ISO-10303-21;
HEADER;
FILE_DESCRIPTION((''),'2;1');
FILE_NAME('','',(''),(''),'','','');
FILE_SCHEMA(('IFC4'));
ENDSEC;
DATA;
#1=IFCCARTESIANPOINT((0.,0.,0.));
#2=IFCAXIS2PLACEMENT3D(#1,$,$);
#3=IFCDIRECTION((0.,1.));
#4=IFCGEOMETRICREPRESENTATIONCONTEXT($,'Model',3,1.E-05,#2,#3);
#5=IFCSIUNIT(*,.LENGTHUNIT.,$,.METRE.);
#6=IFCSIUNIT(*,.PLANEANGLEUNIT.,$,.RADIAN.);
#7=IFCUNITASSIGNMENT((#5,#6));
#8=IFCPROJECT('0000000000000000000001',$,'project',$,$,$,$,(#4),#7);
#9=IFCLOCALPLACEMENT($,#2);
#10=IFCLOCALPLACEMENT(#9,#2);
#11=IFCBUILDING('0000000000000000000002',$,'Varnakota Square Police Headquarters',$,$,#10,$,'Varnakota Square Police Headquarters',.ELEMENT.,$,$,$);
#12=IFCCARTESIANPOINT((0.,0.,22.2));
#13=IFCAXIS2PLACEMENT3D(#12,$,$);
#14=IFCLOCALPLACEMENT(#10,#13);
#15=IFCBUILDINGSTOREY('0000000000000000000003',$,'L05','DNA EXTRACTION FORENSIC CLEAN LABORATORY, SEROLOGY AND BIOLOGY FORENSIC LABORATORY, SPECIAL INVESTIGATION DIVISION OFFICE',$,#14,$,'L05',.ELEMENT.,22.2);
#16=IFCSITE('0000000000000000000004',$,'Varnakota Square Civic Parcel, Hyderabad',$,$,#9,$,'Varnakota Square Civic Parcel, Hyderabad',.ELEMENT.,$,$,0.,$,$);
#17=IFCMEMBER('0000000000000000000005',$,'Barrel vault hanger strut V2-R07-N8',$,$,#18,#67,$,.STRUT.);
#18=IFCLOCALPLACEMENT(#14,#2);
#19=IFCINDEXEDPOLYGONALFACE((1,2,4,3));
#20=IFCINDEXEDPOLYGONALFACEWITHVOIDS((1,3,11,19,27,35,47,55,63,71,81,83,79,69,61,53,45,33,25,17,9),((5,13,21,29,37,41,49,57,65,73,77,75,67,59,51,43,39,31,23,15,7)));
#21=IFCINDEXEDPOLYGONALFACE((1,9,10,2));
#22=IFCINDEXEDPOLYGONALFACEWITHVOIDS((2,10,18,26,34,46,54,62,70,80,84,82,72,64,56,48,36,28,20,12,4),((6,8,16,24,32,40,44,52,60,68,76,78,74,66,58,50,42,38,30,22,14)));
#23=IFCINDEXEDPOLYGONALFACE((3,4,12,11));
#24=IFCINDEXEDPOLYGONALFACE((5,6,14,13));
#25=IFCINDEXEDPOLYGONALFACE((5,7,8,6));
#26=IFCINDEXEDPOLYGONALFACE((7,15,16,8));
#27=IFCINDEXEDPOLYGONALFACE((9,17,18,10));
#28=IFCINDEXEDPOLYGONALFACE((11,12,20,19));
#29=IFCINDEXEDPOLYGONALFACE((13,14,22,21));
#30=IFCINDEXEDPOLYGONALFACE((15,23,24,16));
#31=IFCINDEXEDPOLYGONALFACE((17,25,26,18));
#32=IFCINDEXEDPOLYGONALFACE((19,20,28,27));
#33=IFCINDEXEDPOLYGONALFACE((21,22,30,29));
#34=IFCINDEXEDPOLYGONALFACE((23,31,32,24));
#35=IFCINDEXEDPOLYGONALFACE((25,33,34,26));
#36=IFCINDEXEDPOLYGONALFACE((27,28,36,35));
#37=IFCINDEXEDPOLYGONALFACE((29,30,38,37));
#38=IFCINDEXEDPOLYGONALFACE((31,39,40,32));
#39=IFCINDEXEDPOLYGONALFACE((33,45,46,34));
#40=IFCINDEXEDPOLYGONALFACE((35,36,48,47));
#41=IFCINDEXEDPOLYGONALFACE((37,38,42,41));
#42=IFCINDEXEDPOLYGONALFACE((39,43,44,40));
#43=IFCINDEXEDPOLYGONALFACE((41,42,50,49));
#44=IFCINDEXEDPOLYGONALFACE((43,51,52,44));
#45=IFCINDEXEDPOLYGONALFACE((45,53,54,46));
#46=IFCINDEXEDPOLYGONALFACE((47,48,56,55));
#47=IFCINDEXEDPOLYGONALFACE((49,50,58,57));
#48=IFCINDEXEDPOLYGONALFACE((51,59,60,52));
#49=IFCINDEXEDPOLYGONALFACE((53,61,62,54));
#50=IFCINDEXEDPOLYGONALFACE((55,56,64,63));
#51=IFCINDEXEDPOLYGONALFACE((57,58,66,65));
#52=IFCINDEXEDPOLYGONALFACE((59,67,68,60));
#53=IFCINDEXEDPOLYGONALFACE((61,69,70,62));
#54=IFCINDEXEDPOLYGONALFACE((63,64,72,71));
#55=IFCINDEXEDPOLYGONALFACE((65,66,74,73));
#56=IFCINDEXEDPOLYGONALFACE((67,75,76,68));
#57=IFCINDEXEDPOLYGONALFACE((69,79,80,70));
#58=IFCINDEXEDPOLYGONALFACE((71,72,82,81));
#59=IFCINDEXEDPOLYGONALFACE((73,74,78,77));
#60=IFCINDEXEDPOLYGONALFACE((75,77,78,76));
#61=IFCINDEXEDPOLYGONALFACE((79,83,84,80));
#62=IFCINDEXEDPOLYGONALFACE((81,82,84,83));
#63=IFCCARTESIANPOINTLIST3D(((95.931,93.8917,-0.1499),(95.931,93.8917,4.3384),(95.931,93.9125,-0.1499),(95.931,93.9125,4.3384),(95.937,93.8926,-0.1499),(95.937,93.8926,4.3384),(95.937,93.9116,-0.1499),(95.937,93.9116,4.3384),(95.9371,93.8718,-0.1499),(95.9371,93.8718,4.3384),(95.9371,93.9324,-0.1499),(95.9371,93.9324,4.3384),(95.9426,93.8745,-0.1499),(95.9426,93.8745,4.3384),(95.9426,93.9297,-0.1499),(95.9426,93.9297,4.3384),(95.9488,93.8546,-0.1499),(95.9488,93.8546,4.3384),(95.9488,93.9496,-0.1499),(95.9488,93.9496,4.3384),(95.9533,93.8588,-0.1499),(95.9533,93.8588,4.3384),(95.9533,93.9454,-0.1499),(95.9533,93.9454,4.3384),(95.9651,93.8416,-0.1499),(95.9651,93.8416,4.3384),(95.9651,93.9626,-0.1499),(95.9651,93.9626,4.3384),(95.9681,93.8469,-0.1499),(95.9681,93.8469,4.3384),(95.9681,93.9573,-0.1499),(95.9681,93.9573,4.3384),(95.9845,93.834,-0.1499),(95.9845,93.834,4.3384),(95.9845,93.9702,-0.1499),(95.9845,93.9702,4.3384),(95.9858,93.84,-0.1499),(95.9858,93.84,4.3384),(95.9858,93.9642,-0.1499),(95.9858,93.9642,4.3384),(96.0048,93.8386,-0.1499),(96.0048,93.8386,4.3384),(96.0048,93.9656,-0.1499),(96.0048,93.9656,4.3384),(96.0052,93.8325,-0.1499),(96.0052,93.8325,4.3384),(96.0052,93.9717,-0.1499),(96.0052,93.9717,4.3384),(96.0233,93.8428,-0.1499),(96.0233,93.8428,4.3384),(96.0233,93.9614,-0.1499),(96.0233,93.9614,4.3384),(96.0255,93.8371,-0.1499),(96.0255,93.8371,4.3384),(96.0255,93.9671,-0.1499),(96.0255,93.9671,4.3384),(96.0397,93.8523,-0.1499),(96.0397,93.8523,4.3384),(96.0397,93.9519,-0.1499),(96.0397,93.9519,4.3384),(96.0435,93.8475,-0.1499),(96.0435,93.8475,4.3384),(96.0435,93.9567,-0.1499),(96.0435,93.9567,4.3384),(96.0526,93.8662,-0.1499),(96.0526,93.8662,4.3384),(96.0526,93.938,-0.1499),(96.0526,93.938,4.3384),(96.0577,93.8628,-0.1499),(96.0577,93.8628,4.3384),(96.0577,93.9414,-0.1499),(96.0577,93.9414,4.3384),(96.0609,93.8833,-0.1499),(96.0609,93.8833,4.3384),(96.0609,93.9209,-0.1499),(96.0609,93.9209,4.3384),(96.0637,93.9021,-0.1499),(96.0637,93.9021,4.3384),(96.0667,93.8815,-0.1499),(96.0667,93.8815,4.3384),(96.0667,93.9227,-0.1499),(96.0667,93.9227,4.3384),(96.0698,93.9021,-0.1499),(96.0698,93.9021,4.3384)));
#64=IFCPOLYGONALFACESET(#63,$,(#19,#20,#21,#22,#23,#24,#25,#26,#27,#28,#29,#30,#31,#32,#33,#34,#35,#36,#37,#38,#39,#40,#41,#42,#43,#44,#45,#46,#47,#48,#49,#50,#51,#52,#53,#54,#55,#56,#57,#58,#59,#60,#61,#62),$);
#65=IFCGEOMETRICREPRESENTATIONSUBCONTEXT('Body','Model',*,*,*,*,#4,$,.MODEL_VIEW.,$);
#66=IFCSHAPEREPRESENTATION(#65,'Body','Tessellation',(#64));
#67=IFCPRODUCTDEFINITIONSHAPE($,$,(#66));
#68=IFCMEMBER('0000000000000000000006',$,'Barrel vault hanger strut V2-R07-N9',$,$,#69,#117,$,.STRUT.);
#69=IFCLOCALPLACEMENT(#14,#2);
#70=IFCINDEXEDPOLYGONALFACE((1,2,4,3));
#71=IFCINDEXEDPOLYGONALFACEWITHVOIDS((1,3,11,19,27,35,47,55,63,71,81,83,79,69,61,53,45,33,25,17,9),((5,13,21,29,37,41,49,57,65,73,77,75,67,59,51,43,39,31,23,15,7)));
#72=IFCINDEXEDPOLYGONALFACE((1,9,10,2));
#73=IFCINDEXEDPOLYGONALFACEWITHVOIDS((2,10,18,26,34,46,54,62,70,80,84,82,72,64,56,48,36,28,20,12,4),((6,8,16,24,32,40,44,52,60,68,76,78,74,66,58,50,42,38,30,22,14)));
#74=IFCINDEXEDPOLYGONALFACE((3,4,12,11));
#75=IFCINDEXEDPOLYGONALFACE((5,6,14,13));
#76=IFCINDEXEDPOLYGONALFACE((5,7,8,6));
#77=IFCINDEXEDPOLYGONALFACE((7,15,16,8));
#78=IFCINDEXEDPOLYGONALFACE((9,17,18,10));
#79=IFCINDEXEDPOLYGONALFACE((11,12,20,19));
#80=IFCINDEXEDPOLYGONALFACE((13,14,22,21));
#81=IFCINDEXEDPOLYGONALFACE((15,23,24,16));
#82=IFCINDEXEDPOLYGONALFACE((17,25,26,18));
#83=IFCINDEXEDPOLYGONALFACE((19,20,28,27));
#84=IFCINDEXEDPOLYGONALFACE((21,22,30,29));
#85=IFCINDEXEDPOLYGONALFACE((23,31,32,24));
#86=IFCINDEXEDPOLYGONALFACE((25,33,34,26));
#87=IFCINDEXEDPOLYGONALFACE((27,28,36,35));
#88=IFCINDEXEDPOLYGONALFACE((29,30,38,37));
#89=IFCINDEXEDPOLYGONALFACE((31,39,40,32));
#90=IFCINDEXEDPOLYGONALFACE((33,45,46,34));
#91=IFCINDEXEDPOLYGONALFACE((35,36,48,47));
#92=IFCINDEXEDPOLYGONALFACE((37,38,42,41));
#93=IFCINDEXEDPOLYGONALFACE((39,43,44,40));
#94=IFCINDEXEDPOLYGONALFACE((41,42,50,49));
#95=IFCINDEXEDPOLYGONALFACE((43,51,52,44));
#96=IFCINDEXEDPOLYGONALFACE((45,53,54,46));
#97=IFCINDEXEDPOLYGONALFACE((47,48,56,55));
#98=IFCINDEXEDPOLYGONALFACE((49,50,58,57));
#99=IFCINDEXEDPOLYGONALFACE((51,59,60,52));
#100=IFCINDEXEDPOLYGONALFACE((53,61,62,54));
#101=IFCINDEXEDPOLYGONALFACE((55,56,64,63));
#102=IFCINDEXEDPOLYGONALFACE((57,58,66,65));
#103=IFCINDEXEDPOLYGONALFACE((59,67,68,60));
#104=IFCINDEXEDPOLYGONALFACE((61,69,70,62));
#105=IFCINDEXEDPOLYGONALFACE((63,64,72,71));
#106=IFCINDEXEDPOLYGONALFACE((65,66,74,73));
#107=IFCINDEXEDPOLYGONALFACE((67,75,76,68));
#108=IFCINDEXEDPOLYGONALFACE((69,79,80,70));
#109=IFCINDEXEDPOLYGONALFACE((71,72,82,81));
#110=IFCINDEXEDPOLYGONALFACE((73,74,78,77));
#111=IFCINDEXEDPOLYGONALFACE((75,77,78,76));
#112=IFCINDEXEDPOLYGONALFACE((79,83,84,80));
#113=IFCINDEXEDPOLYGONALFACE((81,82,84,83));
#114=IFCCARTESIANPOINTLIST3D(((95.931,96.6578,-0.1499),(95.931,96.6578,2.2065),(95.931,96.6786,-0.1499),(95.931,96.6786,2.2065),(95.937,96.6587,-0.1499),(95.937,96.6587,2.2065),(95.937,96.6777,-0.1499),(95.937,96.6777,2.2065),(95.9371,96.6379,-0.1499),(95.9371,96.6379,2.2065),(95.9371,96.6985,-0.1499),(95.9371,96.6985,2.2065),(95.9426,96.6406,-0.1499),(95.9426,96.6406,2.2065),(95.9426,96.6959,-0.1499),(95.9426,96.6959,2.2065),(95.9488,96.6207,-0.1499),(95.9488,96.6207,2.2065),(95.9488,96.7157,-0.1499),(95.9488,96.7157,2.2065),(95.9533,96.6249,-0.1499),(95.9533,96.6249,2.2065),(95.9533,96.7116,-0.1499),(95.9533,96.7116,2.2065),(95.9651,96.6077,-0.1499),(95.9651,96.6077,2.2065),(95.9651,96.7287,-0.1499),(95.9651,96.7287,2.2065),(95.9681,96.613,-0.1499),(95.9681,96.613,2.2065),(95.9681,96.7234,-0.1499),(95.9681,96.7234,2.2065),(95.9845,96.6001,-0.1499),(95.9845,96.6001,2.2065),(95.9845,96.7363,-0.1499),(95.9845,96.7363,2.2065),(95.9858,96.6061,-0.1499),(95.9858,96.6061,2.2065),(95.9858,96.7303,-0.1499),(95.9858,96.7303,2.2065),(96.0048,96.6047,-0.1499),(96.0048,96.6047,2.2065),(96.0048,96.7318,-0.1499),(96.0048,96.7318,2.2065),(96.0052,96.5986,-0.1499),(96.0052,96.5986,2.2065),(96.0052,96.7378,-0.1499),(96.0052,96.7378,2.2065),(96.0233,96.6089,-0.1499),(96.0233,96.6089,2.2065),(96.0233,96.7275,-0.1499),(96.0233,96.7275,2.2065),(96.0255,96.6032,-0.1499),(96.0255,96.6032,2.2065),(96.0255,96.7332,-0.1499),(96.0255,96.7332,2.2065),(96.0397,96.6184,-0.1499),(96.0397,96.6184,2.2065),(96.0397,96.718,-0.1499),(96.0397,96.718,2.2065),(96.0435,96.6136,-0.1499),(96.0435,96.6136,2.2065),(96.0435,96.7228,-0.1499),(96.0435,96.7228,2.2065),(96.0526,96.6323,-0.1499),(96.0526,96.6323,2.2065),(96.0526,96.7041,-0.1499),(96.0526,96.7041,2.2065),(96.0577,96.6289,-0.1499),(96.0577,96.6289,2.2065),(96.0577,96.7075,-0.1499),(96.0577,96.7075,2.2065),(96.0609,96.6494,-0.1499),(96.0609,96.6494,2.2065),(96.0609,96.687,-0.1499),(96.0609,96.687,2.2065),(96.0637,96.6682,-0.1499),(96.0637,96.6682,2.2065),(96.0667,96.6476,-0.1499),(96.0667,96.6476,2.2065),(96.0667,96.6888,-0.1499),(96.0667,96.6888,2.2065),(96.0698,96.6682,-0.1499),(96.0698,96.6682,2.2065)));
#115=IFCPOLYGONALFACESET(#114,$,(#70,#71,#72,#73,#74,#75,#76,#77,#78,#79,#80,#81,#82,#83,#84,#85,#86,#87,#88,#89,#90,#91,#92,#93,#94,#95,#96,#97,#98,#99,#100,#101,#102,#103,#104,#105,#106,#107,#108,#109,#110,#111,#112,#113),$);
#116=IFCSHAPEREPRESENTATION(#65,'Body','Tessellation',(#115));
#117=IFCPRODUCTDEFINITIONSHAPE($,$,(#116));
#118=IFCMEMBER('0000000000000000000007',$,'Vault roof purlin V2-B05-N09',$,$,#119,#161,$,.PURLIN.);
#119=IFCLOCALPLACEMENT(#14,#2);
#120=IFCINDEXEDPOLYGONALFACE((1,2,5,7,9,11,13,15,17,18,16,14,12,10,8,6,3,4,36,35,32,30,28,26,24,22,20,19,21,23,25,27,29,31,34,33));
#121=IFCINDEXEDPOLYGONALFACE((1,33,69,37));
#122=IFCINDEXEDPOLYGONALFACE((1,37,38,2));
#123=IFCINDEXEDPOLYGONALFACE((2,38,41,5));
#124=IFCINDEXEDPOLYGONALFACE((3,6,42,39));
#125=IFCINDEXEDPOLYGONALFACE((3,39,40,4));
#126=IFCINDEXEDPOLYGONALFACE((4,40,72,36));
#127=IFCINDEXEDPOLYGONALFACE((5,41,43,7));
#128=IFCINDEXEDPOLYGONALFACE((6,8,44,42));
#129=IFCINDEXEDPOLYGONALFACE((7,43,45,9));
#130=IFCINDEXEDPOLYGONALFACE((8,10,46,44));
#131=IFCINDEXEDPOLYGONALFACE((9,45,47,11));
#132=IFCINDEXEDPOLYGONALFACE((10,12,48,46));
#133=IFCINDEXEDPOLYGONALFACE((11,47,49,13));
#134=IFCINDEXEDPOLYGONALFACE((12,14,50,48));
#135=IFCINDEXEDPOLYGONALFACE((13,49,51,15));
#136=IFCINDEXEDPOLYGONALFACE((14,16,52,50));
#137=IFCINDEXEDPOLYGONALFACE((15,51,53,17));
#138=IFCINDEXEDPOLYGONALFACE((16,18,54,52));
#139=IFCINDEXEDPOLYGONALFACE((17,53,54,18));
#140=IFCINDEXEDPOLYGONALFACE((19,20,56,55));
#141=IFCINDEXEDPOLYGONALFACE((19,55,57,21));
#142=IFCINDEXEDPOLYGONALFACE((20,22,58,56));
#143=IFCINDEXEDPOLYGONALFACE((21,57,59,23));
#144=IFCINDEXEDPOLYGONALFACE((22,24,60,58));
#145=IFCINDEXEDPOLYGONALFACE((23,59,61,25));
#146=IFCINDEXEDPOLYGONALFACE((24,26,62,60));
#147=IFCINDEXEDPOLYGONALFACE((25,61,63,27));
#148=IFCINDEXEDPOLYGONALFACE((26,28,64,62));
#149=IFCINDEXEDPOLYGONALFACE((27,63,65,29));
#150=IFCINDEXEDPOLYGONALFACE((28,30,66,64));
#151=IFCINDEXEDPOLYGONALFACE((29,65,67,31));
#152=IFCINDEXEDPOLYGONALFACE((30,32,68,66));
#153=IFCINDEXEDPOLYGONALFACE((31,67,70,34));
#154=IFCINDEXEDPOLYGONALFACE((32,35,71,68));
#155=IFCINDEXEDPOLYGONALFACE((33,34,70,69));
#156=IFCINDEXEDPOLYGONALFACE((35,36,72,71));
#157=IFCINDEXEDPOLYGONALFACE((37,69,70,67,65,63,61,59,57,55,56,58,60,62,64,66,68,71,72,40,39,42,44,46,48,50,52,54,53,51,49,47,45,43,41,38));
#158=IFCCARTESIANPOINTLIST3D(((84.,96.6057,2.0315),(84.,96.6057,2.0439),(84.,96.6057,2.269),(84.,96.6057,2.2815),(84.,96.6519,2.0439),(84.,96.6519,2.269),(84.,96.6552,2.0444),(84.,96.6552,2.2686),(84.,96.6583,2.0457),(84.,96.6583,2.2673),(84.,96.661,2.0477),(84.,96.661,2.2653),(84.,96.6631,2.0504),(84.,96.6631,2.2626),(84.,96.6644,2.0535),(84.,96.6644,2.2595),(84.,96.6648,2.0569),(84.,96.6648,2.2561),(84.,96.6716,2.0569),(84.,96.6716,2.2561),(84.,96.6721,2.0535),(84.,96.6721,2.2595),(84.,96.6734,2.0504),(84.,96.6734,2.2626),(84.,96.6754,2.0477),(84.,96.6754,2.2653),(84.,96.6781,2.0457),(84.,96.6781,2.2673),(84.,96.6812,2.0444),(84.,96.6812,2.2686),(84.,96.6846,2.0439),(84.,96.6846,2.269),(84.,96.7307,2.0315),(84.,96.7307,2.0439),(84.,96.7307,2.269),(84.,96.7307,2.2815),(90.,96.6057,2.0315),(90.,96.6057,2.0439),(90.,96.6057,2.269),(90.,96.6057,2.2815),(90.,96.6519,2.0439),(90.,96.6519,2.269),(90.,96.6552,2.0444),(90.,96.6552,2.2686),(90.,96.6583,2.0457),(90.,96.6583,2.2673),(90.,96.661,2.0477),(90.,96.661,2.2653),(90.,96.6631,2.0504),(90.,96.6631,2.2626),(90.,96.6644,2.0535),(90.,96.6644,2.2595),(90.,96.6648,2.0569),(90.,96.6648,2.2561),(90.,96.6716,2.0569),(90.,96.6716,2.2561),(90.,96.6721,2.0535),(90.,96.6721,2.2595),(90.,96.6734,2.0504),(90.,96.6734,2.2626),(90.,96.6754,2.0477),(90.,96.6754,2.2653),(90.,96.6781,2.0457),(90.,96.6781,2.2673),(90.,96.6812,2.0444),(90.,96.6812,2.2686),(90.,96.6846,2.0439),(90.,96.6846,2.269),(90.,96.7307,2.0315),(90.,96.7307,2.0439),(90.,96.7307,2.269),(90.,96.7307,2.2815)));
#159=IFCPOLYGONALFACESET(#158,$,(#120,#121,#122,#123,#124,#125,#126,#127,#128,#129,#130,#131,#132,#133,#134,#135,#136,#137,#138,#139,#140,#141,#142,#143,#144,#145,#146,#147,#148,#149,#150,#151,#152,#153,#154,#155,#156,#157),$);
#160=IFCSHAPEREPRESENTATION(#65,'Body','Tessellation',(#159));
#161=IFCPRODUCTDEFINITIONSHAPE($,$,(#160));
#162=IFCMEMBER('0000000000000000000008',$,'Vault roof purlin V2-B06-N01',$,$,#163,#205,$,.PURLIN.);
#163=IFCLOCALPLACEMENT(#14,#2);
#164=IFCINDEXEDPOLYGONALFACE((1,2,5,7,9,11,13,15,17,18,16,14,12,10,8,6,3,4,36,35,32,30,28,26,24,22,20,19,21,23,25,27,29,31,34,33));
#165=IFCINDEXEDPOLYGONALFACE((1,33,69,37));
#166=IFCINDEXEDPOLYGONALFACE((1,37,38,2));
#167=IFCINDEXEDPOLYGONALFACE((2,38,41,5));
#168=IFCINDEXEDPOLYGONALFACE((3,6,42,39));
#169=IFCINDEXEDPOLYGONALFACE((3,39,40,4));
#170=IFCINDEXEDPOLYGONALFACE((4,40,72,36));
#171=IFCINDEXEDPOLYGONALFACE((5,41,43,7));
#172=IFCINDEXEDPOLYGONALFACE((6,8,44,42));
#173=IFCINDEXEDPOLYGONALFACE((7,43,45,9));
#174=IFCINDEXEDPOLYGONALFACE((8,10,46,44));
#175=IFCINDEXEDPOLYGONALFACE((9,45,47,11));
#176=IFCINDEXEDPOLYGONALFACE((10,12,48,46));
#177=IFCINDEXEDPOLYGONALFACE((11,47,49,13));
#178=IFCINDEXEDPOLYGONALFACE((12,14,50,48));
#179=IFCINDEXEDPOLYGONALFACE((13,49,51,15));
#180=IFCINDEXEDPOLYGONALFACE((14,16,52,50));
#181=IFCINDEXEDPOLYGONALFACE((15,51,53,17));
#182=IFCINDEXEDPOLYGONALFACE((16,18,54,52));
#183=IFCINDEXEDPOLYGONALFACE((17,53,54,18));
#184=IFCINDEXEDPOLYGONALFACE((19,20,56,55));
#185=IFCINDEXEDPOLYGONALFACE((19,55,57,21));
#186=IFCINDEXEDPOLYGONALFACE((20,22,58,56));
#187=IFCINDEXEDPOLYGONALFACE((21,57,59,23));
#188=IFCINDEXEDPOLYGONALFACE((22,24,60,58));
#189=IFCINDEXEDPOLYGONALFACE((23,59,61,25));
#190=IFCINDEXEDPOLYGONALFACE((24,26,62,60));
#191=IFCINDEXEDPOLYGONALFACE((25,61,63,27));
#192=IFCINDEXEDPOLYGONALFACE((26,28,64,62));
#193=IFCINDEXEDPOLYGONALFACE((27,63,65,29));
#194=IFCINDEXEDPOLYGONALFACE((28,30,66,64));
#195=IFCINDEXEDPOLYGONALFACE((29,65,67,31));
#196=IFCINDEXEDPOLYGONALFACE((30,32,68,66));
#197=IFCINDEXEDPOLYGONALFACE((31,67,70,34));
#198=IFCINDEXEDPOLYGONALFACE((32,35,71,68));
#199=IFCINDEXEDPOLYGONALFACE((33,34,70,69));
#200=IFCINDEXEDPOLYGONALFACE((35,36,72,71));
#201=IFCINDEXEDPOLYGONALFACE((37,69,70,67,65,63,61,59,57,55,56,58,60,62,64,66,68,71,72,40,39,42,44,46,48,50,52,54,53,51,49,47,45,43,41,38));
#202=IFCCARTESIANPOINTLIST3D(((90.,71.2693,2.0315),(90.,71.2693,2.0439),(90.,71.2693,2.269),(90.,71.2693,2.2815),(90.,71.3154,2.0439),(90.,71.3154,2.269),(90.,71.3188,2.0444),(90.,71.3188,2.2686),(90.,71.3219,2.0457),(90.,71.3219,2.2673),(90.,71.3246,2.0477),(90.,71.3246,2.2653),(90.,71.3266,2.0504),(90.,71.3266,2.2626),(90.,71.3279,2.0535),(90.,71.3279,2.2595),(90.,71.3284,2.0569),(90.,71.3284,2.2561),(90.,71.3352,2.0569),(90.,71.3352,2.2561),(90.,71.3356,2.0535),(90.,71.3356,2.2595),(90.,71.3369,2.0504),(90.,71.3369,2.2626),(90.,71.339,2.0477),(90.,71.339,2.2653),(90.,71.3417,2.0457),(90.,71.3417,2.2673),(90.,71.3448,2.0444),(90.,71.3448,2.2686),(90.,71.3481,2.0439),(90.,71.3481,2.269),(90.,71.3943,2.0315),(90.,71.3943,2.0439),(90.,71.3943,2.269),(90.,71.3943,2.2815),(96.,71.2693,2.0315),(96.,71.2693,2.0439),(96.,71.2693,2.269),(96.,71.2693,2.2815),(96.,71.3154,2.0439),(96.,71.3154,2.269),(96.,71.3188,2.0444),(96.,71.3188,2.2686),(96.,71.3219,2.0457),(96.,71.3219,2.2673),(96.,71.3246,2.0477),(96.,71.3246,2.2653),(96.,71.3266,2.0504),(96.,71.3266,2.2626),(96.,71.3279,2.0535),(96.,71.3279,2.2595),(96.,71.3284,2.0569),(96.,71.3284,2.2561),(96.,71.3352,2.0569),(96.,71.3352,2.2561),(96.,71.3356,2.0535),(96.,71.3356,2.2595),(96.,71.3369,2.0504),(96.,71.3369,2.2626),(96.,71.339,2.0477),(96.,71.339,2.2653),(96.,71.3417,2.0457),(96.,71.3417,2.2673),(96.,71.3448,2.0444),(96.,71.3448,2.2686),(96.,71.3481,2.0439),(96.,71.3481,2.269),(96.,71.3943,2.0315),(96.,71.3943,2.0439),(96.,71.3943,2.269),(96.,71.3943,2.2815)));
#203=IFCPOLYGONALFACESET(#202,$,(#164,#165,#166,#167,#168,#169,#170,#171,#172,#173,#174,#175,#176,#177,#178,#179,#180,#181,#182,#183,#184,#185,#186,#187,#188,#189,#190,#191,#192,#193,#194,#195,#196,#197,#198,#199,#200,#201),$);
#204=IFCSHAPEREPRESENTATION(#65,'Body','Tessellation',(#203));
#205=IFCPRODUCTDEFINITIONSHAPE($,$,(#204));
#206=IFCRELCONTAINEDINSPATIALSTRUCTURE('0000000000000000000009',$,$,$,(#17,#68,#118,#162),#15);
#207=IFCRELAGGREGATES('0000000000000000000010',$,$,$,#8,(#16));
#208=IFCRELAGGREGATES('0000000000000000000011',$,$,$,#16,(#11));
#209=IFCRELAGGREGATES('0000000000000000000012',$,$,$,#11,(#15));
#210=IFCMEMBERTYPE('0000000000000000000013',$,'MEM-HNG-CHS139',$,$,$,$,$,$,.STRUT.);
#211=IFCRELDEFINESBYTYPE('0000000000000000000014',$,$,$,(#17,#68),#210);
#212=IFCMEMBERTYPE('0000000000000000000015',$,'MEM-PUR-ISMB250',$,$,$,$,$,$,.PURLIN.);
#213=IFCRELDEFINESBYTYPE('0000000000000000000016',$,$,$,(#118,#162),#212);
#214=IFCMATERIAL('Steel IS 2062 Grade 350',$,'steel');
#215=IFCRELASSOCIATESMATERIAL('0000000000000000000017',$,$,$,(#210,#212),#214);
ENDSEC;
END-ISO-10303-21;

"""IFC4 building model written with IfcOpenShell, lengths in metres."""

from ifc_helpers import new_model, si_unit, direction, frame, origin, origin_2d, place, context, subcontext, project, spatial, hollow_circle, i_section, extrude, material, material_profile, profile_set, type_object, element, save


model = new_model("IFC4")

# Units and contexts
model_context = context("Model", 3, precision=1e-05, world=origin(), true_north=direction((0.0, 1.0)))
body_context = subcontext(model_context, "Body", "Model", "MODEL_VIEW")
ifc_project = project(units=[si_unit("LENGTHUNIT", "METRE"), si_unit("PLANEANGLEUNIT", "RADIAN")], contexts=[model_context])

# Site, building, storey
site_placement = place(None, origin())
site = spatial("IfcSite", under=ifc_project, at=site_placement, Name="Varnakota Square Civic Parcel, Hyderabad", LongName="Varnakota Square Civic Parcel, Hyderabad", CompositionType="ELEMENT", RefElevation=0.0)
building_placement = place(site_placement, origin())
building = spatial("IfcBuilding", under=site, at=building_placement, Name="Varnakota Square Police Headquarters", LongName="Varnakota Square Police Headquarters", CompositionType="ELEMENT")
storey_placement = place(building_placement, frame((0.0, 0.0, 22.2)))
storey = spatial("IfcBuildingStorey", under=building, at=storey_placement, Name="L05", Description="DNA EXTRACTION FORENSIC CLEAN LABORATORY, SEROLOGY AND BIOLOGY FORENSIC LABORATORY, SPECIAL INVESTIGATION DIVISION OFFICE", LongName="L05", CompositionType="ELEMENT", Elevation=22.2)

# Shared definitions
ifc_material_1 = material(Name="Steel IS 2062 Grade 350", Category="steel")

# Members
ifc_material_profile_1 = material_profile(ifc_material_1, hollow_circle(Radius=0.0698, WallThickness=0.0061, at=origin_2d()), Name="CHS 139.7x6.0")
ifc_profile_set_1 = profile_set([ifc_material_profile_1], Name="Steel IS 2062 Grade 350")
member_type_1 = type_object("IfcMemberType", Name="MEM-HNG-CHS139", PredefinedType="STRUT", material=ifc_profile_set_1)
member_1_placement = place(storey_placement, frame((96.0, 93.9021, -0.1499), z_axis=(0.0, 0.0, 1.0), x_axis=(1.0, 0.0, 0.0)))
element("IfcMember", 1, at=member_1_placement, inside=storey, type_object=member_type_1, Name="Barrel vault hanger strut V2-R07-N8", PredefinedType="STRUT", context=body_context, shape_type="SweptSolid", body=[
    extrude(hollow_circle(Radius=0.0698, WallThickness=0.0061, at=origin_2d()), origin(), (0.0, 0.0, 1.0), 4.4883),
])
member_2_placement = place(storey_placement, frame((96.0, 96.6682, -0.1499), z_axis=(0.0, 0.0, 1.0), x_axis=(1.0, 0.0, 0.0)))
element("IfcMember", 2, at=member_2_placement, inside=storey, type_object=member_type_1, Name="Barrel vault hanger strut V2-R07-N9", PredefinedType="STRUT", context=body_context, shape_type="SweptSolid", body=[
    extrude(hollow_circle(Radius=0.0698, WallThickness=0.0061, at=origin_2d()), origin(), (0.0, 0.0, 1.0), 2.3564),
])
ifc_material_profile_2 = material_profile(ifc_material_1, i_section(OverallWidth=0.125, OverallDepth=0.25, WebThickness=0.0068, FlangeThickness=0.0125, FilletRadius=0.0129, at=origin_2d()), Name="ISMB 250")
ifc_profile_set_2 = profile_set([ifc_material_profile_2], Name="Steel IS 2062 Grade 350")
member_type_2 = type_object("IfcMemberType", Name="MEM-PUR-ISMB250", PredefinedType="PURLIN", material=ifc_profile_set_2)
for number, where, z_axis, x_axis, name in (
    (3, (84.0, 96.6682, 2.1565), (1.0, 0.0, 0.0), (0.0, 1.0, 0.0), "Vault roof purlin V2-B05-N09"),
    (4, (90.0, 71.3318, 2.1565), (1.0, 0.0, 0.0), (0.0, 1.0, 0.0), "Vault roof purlin V2-B06-N01"),
):
    element("IfcMember", number, at=place(storey_placement, frame(where, z_axis=z_axis, x_axis=x_axis)), inside=storey, type_object=member_type_2, Name=name, PredefinedType="PURLIN", context=body_context, shape_type="SweptSolid", body=[
        extrude(i_section(OverallWidth=0.125, OverallDepth=0.25, WebThickness=0.0068, FlangeThickness=0.0125, FilletRadius=0.0129, at=origin_2d()), origin(), (0.0, 0.0, 1.0), 6.0),
    ])

save(model, "model.ifc")
